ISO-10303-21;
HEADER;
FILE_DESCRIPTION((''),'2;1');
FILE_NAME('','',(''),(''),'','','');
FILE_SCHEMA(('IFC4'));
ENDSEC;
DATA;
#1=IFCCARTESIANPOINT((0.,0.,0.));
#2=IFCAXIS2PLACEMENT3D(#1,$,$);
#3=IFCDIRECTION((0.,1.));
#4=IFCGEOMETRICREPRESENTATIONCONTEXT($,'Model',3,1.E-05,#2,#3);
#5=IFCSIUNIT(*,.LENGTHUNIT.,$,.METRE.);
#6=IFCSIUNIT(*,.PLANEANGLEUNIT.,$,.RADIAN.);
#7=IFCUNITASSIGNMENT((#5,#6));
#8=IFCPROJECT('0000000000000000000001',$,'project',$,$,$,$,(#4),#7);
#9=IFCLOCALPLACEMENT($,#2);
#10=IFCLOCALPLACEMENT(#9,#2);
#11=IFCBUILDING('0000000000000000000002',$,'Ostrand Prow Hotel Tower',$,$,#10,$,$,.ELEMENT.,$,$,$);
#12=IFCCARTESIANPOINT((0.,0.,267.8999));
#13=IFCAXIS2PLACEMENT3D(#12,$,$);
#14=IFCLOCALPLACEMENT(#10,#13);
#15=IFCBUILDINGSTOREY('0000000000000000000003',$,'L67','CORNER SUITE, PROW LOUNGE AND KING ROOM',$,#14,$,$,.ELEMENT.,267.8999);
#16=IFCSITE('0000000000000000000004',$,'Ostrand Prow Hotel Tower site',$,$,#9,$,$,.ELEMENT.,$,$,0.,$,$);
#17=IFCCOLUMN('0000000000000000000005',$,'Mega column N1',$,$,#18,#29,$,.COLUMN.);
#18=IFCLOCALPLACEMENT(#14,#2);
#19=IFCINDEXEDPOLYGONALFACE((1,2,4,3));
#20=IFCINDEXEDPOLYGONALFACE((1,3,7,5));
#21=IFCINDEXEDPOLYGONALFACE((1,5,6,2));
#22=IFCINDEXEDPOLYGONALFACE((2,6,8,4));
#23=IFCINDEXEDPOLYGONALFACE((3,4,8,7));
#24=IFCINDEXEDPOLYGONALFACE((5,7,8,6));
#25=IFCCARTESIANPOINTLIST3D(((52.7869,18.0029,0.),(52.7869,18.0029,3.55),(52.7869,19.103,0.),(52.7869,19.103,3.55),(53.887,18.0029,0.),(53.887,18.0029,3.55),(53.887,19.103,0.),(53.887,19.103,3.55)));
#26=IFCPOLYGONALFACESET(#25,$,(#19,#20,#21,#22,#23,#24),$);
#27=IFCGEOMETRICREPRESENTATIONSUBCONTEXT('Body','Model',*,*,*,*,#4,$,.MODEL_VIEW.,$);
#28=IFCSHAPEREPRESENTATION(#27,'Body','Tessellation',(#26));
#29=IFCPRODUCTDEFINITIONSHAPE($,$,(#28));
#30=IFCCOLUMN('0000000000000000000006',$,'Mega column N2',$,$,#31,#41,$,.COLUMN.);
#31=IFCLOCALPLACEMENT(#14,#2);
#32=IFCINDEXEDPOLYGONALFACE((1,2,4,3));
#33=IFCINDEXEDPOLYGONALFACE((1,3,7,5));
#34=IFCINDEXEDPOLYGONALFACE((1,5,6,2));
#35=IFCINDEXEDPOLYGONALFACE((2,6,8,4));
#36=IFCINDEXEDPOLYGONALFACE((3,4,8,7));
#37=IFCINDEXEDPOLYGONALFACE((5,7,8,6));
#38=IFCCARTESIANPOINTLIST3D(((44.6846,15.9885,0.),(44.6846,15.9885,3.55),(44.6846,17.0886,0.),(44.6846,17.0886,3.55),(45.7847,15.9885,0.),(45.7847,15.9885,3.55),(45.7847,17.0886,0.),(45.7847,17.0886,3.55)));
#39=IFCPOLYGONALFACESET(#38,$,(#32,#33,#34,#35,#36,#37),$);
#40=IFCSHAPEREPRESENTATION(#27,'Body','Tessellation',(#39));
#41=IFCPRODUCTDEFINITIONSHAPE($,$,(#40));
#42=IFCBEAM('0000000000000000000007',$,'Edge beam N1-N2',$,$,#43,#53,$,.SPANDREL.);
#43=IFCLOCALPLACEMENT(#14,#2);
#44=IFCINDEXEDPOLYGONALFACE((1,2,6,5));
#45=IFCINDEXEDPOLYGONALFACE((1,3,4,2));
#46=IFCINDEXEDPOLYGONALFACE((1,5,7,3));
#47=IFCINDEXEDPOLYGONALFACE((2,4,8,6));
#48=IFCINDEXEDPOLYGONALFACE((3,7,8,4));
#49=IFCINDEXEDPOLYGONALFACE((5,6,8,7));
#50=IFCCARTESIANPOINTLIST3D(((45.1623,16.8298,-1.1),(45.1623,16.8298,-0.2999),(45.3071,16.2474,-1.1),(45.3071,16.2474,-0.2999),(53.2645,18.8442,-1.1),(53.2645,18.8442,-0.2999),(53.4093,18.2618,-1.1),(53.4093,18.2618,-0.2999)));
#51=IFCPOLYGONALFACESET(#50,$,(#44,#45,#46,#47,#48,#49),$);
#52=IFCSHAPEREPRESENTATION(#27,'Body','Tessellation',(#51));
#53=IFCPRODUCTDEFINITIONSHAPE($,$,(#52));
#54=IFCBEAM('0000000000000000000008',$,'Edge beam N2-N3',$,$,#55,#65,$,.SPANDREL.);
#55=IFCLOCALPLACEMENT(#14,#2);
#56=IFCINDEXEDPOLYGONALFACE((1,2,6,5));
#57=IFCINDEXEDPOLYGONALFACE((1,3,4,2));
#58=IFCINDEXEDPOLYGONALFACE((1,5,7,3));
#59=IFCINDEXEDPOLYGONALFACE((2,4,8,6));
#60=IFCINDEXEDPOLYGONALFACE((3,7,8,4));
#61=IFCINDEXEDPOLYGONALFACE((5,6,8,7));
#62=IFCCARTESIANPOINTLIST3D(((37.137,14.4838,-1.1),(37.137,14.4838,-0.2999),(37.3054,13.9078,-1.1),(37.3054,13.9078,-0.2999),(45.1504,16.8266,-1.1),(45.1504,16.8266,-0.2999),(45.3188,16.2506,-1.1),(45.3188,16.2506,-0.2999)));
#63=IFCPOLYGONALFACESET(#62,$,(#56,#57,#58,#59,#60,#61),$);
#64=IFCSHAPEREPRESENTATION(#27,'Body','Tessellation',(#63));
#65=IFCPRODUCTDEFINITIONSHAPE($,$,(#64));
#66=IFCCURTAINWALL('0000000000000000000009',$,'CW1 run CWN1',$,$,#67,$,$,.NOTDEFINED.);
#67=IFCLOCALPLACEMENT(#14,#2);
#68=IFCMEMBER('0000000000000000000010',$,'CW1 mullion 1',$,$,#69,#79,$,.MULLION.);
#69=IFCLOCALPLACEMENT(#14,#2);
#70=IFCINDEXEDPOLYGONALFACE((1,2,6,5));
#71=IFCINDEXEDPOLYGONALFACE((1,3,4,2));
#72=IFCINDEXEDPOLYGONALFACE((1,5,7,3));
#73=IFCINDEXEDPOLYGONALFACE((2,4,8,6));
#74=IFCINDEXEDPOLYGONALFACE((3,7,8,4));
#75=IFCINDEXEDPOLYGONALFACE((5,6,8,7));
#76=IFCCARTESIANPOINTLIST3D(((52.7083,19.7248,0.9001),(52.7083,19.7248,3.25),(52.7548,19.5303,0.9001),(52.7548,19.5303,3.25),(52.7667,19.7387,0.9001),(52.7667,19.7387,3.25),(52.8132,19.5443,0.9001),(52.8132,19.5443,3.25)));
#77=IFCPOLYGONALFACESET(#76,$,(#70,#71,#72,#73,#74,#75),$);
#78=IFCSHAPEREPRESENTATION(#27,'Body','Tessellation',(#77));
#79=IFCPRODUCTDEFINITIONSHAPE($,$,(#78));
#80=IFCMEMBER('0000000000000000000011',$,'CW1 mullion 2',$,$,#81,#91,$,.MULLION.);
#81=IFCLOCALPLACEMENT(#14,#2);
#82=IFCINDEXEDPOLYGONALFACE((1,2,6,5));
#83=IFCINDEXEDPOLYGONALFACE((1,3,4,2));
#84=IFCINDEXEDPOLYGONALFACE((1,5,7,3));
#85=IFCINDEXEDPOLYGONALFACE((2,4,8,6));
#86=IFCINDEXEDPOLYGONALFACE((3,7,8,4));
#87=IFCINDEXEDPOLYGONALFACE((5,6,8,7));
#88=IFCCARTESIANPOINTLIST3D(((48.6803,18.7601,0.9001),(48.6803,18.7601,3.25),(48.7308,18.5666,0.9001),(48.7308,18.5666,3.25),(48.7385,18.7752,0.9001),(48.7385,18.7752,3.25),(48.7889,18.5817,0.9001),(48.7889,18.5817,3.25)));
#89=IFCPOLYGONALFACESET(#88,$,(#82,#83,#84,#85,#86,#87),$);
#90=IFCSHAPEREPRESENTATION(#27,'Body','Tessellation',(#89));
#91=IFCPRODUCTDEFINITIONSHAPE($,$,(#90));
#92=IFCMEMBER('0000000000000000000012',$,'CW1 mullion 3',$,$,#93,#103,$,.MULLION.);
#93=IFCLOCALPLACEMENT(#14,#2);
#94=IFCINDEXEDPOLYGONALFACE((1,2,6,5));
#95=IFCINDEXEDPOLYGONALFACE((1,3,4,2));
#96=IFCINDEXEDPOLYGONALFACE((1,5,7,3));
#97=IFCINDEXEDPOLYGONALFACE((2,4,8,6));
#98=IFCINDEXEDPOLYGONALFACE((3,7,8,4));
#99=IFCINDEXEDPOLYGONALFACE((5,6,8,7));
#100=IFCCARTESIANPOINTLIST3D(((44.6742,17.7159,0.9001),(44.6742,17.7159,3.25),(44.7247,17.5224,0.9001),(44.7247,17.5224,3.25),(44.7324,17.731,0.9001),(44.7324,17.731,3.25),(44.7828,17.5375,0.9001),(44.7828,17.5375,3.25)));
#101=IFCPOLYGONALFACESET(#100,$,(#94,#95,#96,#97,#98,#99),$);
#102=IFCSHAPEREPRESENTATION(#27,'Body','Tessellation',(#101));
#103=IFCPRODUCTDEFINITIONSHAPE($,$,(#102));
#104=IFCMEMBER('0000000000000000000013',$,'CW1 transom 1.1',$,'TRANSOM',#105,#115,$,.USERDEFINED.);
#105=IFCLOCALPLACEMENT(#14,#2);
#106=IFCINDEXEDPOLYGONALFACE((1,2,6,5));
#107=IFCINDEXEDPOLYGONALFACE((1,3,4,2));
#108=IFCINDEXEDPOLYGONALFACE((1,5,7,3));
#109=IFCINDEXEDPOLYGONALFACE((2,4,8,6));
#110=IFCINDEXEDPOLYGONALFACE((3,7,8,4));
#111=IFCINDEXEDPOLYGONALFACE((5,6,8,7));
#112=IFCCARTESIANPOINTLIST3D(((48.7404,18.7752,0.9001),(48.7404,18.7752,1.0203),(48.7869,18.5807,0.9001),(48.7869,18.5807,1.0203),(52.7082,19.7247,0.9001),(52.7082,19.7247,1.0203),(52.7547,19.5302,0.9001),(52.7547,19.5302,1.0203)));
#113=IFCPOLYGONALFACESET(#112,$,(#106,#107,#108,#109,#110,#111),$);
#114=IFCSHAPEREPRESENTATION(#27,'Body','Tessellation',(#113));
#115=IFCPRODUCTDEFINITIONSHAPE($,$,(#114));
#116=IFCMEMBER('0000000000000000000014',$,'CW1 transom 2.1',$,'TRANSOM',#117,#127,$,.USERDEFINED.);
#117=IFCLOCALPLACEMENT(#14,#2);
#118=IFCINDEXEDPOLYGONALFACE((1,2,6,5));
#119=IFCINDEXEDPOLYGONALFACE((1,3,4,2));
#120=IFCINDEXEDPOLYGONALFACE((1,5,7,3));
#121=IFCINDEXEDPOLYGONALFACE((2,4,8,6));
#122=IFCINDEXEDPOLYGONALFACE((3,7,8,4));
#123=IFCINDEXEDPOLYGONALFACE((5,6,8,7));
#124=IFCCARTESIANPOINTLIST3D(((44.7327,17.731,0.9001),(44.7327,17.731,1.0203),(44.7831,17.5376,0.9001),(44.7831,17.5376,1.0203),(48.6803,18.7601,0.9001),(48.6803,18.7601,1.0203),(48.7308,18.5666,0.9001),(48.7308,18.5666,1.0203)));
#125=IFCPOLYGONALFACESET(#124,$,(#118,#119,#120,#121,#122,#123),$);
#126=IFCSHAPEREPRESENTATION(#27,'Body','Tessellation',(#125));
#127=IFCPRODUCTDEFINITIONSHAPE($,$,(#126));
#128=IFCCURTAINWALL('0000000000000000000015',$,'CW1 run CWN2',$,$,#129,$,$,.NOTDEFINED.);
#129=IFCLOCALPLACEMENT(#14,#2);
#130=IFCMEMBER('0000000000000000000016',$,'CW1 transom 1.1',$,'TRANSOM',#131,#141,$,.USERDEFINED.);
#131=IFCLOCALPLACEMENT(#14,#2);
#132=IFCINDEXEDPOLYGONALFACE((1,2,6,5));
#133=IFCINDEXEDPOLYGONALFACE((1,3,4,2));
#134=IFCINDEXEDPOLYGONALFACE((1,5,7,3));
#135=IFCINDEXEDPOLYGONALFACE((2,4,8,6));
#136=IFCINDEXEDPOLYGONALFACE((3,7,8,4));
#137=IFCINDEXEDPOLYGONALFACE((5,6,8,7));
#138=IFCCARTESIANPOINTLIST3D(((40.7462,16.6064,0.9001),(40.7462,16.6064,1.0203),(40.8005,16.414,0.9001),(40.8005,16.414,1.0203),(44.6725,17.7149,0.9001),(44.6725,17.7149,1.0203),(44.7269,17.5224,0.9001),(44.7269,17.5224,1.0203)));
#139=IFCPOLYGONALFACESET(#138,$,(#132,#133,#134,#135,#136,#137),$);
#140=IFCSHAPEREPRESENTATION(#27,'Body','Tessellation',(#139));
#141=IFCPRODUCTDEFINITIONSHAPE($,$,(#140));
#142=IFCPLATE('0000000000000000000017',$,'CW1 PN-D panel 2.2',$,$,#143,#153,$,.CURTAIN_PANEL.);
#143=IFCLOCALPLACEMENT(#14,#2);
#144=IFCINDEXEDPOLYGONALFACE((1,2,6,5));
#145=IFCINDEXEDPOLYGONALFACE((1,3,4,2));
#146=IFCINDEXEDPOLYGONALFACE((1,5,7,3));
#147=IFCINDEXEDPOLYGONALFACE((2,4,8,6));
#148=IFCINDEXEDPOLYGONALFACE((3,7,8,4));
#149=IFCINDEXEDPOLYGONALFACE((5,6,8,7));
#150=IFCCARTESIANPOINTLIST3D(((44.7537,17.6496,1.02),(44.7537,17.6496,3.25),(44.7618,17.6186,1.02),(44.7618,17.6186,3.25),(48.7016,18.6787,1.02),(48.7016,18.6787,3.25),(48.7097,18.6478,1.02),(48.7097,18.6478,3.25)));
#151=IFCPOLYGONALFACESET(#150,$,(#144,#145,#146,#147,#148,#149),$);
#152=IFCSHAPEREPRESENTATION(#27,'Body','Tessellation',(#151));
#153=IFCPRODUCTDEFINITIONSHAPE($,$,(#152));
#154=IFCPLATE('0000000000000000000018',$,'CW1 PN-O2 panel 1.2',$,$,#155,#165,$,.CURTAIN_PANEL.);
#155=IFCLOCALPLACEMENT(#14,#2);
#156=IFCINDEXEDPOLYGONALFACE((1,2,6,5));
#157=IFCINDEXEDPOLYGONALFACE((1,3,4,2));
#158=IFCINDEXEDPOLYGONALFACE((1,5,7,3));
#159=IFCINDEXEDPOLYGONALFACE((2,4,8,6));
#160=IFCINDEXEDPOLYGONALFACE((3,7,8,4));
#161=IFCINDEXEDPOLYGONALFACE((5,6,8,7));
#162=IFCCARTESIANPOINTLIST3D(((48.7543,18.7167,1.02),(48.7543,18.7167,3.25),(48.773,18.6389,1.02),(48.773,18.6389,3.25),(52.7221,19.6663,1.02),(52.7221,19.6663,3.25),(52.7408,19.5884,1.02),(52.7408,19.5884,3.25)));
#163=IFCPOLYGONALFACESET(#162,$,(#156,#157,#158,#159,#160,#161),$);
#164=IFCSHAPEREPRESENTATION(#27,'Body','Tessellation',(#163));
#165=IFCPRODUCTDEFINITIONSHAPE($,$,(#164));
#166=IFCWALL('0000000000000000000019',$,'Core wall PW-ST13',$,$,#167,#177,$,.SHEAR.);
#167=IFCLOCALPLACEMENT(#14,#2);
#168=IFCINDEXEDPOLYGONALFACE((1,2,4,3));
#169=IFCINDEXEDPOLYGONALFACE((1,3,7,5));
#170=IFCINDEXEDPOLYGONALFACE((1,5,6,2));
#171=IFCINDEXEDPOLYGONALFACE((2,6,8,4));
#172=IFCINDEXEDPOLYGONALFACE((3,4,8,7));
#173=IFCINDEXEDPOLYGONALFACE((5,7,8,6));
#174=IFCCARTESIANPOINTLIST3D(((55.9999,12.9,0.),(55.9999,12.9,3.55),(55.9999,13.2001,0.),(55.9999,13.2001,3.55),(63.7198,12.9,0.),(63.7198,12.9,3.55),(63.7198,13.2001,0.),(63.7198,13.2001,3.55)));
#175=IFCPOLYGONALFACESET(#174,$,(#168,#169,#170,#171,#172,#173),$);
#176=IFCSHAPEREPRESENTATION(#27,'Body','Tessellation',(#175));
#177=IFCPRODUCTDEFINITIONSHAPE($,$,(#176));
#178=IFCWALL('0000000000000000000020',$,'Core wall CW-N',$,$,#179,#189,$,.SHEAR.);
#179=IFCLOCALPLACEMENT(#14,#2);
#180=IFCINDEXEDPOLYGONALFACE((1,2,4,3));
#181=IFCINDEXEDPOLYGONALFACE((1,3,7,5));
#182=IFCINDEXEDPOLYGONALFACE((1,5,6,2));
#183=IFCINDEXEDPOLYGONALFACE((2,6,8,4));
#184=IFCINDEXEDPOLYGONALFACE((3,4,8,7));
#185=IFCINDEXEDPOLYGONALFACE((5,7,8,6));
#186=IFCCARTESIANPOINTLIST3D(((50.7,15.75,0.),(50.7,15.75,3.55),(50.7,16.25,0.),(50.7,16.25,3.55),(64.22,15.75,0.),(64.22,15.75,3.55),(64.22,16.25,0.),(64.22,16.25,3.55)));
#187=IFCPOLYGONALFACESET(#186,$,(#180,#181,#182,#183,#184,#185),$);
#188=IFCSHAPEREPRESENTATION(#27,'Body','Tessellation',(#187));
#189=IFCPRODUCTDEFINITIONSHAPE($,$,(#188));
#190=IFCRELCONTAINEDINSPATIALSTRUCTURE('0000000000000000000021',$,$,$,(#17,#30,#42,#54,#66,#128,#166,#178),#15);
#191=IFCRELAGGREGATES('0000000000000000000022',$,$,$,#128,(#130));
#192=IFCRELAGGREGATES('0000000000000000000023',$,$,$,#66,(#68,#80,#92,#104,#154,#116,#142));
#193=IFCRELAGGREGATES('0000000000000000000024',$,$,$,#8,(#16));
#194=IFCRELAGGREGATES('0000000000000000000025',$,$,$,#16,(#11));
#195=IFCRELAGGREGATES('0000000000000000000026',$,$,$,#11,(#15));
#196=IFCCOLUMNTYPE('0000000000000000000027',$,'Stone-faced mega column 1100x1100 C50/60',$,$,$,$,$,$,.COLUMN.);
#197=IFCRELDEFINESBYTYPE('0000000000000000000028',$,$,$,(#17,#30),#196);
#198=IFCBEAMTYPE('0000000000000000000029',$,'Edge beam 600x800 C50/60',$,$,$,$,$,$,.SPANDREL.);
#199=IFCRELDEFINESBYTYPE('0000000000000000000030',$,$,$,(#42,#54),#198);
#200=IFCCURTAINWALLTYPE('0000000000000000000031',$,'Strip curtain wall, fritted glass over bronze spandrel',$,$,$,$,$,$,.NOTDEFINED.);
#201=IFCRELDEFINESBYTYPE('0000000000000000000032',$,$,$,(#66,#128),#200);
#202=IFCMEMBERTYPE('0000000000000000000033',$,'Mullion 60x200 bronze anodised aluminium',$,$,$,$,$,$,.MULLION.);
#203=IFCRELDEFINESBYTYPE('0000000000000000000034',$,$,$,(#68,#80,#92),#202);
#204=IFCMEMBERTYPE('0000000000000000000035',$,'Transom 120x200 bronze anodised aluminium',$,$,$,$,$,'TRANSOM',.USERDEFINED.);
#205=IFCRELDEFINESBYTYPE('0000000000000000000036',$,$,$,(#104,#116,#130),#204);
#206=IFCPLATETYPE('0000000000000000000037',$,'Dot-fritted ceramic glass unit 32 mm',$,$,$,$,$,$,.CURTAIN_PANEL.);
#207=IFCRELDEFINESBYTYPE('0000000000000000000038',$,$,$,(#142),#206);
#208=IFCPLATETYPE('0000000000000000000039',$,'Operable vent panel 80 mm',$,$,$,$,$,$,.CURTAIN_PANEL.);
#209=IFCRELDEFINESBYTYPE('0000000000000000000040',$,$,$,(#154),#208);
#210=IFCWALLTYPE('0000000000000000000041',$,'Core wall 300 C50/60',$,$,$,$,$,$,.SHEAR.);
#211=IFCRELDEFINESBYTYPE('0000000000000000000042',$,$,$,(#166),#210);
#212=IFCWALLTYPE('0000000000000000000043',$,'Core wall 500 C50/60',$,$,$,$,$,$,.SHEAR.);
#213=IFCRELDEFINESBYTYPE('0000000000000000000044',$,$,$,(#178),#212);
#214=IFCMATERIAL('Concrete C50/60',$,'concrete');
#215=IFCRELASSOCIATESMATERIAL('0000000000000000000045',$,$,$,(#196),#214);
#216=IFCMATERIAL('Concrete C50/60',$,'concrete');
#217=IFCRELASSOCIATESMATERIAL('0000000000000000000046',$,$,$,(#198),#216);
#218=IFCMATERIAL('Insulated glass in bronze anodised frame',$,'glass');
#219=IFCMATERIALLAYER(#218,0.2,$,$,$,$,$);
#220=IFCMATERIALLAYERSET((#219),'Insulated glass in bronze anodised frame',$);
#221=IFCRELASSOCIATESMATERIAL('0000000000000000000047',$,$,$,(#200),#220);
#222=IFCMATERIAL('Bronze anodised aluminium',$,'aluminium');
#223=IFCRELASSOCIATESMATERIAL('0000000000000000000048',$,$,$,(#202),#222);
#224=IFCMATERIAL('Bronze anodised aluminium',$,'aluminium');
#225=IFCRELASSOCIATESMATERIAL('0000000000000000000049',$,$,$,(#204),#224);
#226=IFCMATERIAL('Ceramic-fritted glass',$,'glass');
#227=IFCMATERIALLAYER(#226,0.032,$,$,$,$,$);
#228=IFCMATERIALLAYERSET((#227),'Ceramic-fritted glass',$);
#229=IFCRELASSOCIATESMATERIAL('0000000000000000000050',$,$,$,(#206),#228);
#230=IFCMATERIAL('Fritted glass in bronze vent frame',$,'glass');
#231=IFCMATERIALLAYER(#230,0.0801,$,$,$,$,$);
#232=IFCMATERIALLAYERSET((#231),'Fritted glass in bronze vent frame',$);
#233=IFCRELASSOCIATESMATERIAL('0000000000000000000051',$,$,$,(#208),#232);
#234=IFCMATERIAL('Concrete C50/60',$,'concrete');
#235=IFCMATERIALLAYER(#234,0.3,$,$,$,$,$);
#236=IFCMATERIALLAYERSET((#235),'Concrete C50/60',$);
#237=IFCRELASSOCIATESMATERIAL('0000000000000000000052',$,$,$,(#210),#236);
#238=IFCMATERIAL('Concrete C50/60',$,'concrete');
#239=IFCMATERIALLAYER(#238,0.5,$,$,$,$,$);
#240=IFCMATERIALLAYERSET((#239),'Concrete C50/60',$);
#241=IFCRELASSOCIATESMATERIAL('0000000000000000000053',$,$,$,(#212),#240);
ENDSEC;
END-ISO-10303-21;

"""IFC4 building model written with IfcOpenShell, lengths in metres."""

from ifc_helpers import new_model, si_unit, direction, frame, frame_2d, origin, origin_2d, place, context, subcontext, project, spatial, rectangle, extrude, material, layer, layer_set, material_profile, profile_set, type_object, element, aggregate, save


model = new_model("IFC4")

# Units and contexts
model_context = context("Model", 3, precision=1e-05, world=origin(), true_north=direction((0.0, 1.0)))
body_context = subcontext(model_context, "Body", "Model", "MODEL_VIEW")
ifc_project = project(units=[si_unit("LENGTHUNIT", "METRE"), si_unit("PLANEANGLEUNIT", "RADIAN")], contexts=[model_context])

# Site, building, storey
site_placement = place(None, origin())
site = spatial("IfcSite", under=ifc_project, at=site_placement, Name="Ostrand Prow Hotel Tower site", CompositionType="ELEMENT", RefElevation=0.0)
building_placement = place(site_placement, origin())
building = spatial("IfcBuilding", under=site, at=building_placement, Name="Ostrand Prow Hotel Tower", CompositionType="ELEMENT")
storey_placement = place(building_placement, frame((0.0, 0.0, 267.8999)))
storey = spatial("IfcBuildingStorey", under=building, at=storey_placement, Name="L67", Description="CORNER SUITE, PROW LOUNGE AND KING ROOM", CompositionType="ELEMENT", Elevation=267.8999)

# Columns
ifc_material_1 = material(Name="Concrete C50/60", Category="concrete")
ifc_material_profile_1 = material_profile(ifc_material_1, rectangle(XDim=1.1001, YDim=1.1001, at=origin_2d()), Name="RC 1100x1100")
ifc_profile_set_1 = profile_set([ifc_material_profile_1], Name="Concrete C50/60")
column_type = type_object("IfcColumnType", Name="Stone-faced mega column 1100x1100 C50/60", PredefinedType="COLUMN", material=ifc_profile_set_1)
for number, where, z_axis, x_axis, name in (
    (1, (53.3369, 18.553, 0.0), (0.0, 0.0, 1.0), (1.0, 0.0, 0.0), "Mega column N1"),
    (2, (45.2346, 16.5386, 0.0), (0.0, 0.0, 1.0), (1.0, 0.0, 0.0), "Mega column N2"),
):
    element("IfcColumn", number, at=place(storey_placement, frame(where, z_axis=z_axis, x_axis=x_axis)), inside=storey, type_object=column_type, Name=name, PredefinedType="COLUMN", context=body_context, shape_type="SweptSolid", body=[
        extrude(rectangle(XDim=1.1001, YDim=1.1001, at=origin_2d()), origin(), (0.0, 0.0, 1.0), 3.55),
    ])

# Beams
ifc_material_2 = material(Name="Concrete C50/60", Category="concrete")
ifc_material_profile_2 = material_profile(ifc_material_2, rectangle(XDim=0.6001, YDim=0.8, at=origin_2d()), Name="RC 600x800")
ifc_profile_set_2 = profile_set([ifc_material_profile_2], Name="Concrete C50/60")
beam_type = type_object("IfcBeamType", Name="Edge beam 600x800 C50/60", PredefinedType="SPANDREL", material=ifc_profile_set_2)
for number, where, z_axis, x_axis, name in (
    (3, (53.3369, 18.553, -0.7), (-0.970456, -0.241276, 0.0), (0.241276, -0.970456, 0.0), "Edge beam N1-N2"),
    (4, (45.2346, 16.5386, -0.7), (-0.959822, -0.28061, 0.0), (0.28061, -0.959822, 0.0), "Edge beam N2-N3"),
):
    element("IfcBeam", number, at=place(storey_placement, frame(where, z_axis=z_axis, x_axis=x_axis)), inside=storey, type_object=beam_type, Name=name, PredefinedType="SPANDREL", context=body_context, shape_type="SweptSolid", body=[
        extrude(rectangle(XDim=0.6001, YDim=0.8, at=origin_2d()), origin(), (0.0, 0.0, 1.0), 8.3489),
    ])

# Curtain wall, members
ifc_material_3 = material(Name="Insulated glass in bronze anodised frame", Category="glass")
ifc_layer_1 = layer(ifc_material_3, 0.2)
ifc_layer_set_1 = layer_set([ifc_layer_1], Name="Insulated glass in bronze anodised frame")
curtain_wall_type = type_object("IfcCurtainWallType", Name="Strip curtain wall, fritted glass over bronze spandrel", PredefinedType="NOTDEFINED", material=ifc_layer_set_1)
curtain_wall_1_placement = place(storey_placement, origin())
curtain_wall_1 = element("IfcCurtainWall", 5, at=curtain_wall_1_placement, inside=storey, type_object=curtain_wall_type, Name="CW1 run CWN1", PredefinedType="NOTDEFINED")
ifc_material_4 = material(Name="Bronze anodised aluminium", Category="aluminium")
ifc_material_profile_3 = material_profile(ifc_material_4, rectangle(XDim=0.2, YDim=0.0601, at=origin_2d()), Name="Mullion 60x200 bronze anodised aluminium")
ifc_profile_set_3 = profile_set([ifc_material_profile_3], Name="Bronze anodised aluminium")
member_type_1 = type_object("IfcMemberType", Name="Mullion 60x200 bronze anodised aluminium", PredefinedType="MULLION", material=ifc_profile_set_3)
member_1_placement = place(storey_placement, frame((52.7607, 19.6345, 0.9001), z_axis=(0.0, 0.0, 1.0), x_axis=(0.232746, -0.972538, 0.0)))
member_1 = element("IfcMember", 6, at=member_1_placement, type_object=member_type_1, Name="CW1 mullion 1", PredefinedType="MULLION", context=body_context, shape_type="SweptSolid", body=[
    extrude(rectangle(XDim=0.2, YDim=0.0601, at=origin_2d()), origin(), (0.0, 0.0, 1.0), 2.3499),
])
member_2_placement = place(storey_placement, frame((48.7346, 18.6709, 0.9001), z_axis=(0.0, 0.0, 1.0), x_axis=(0.252248, -0.967663, 0.0)))
member_2 = element("IfcMember", 7, at=member_2_placement, type_object=member_type_1, Name="CW1 mullion 2", PredefinedType="MULLION", context=body_context, shape_type="SweptSolid", body=[
    extrude(rectangle(XDim=0.2, YDim=0.0601, at=origin_2d()), origin(), (0.0, 0.0, 1.0), 2.3499),
])
member_3_placement = place(storey_placement, frame((44.7285, 17.6267, 0.9001), z_axis=(0.0, 0.0, 1.0), x_axis=(0.252248, -0.967663, 0.0)))
member_3 = element("IfcMember", 8, at=member_3_placement, type_object=member_type_1, Name="CW1 mullion 3", PredefinedType="MULLION", context=body_context, shape_type="SweptSolid", body=[
    extrude(rectangle(XDim=0.2, YDim=0.0601, at=origin_2d()), origin(), (0.0, 0.0, 1.0), 2.3499),
])
ifc_material_5 = material(Name="Bronze anodised aluminium", Category="aluminium")
ifc_material_profile_4 = material_profile(ifc_material_5, rectangle(XDim=0.2, YDim=0.1201, at=origin_2d()), Name="Transom 120x200 bronze anodised aluminium")
ifc_profile_set_4 = profile_set([ifc_material_profile_4], Name="Bronze anodised aluminium")
member_type_2 = type_object("IfcMemberType", Name="Transom 120x200 bronze anodised aluminium", ElementType="TRANSOM", PredefinedType="USERDEFINED", material=ifc_profile_set_4)
member_4_placement = place(storey_placement, frame((52.7314, 19.6274, 0.9602), z_axis=(-0.972543, -0.232723, 0.0), x_axis=(0.232723, -0.972543, 0.0)))
member_4 = element("IfcMember", 9, at=member_4_placement, type_object=member_type_2, Name="CW1 transom 1.1", ObjectType="TRANSOM", PredefinedType="USERDEFINED", context=body_context, shape_type="SweptSolid", body=[
    extrude(rectangle(XDim=0.2, YDim=0.1201, at=origin_2d()), origin(), (0.0, 0.0, 1.0), 4.0798),
])
member_5_placement = place(storey_placement, frame((48.7056, 18.6633, 0.9602), z_axis=(-0.967665, -0.252239, 0.0), x_axis=(0.252239, -0.967665, 0.0)))
member_5 = element("IfcMember", 10, at=member_5_placement, type_object=member_type_2, Name="CW1 transom 2.1", ObjectType="TRANSOM", PredefinedType="USERDEFINED", context=body_context, shape_type="SweptSolid", body=[
    extrude(rectangle(XDim=0.2, YDim=0.1201, at=origin_2d()), origin(), (0.0, 0.0, 1.0), 4.0796),
])

# Curtain wall, member
curtain_wall_2_placement = place(storey_placement, origin())
curtain_wall_2 = element("IfcCurtainWall", 11, at=curtain_wall_2_placement, inside=storey, type_object=curtain_wall_type, Name="CW1 run CWN2", PredefinedType="NOTDEFINED")
member_6_placement = place(storey_placement, frame((44.6997, 17.6187, 0.9602), z_axis=(-0.962386, -0.271685, 0.0), x_axis=(0.271685, -0.962386, 0.0)))
member_6 = element("IfcMember", 12, at=member_6_placement, type_object=member_type_2, Name="CW1 transom 1.1", ObjectType="TRANSOM", PredefinedType="USERDEFINED", context=body_context, shape_type="SweptSolid", body=[
    extrude(rectangle(XDim=0.2, YDim=0.1201, at=origin_2d()), origin(), (0.0, 0.0, 1.0), 4.0798),
])
aggregate(curtain_wall_2, [member_6])

# Plates
ifc_material_6 = material(Name="Ceramic-fritted glass", Category="glass")
ifc_layer_2 = layer(ifc_material_6, 0.032)
ifc_layer_set_2 = layer_set([ifc_layer_2], Name="Ceramic-fritted glass")
plate_type_1 = type_object("IfcPlateType", Name="Dot-fritted ceramic glass unit 32 mm", PredefinedType="CURTAIN_PANEL", material=ifc_layer_set_2)
plate_1_placement = place(storey_placement, frame((46.7317, 18.1487, 1.02), z_axis=(0.0, 0.0, 1.0), x_axis=(-0.967663, -0.252248, 0.0)))
plate_1 = element("IfcPlate", 13, at=plate_1_placement, type_object=plate_type_1, Name="CW1 PN-D panel 2.2", PredefinedType="CURTAIN_PANEL", context=body_context, shape_type="SweptSolid", body=[
    extrude(rectangle(XDim=4.0798, YDim=0.032, at=origin_2d()), origin(), (0.0, 0.0, 1.0), 2.23),
])
ifc_material_7 = material(Name="Fritted glass in bronze vent frame", Category="glass")
ifc_layer_3 = layer(ifc_material_7, 0.0801)
ifc_layer_set_3 = layer_set([ifc_layer_3], Name="Fritted glass in bronze vent frame")
plate_type_2 = type_object("IfcPlateType", Name="Operable vent panel 80 mm", PredefinedType="CURTAIN_PANEL", material=ifc_layer_set_3)
plate_2_placement = place(storey_placement, frame((50.7476, 19.1526, 1.02), z_axis=(0.0, 0.0, 1.0), x_axis=(-0.972538, -0.232746, 0.0)))
plate_2 = element("IfcPlate", 14, at=plate_2_placement, type_object=plate_type_2, Name="CW1 PN-O2 panel 1.2", PredefinedType="CURTAIN_PANEL", context=body_context, shape_type="SweptSolid", body=[
    extrude(rectangle(XDim=4.0798, YDim=0.0801, at=origin_2d()), origin(), (0.0, 0.0, 1.0), 2.23),
])
aggregate(curtain_wall_1, [member_1, member_2, member_3, member_4, plate_2, member_5, plate_1])

# Walls
ifc_material_8 = material(Name="Concrete C50/60", Category="concrete")
ifc_layer_4 = layer(ifc_material_8, 0.3)
ifc_layer_set_4 = layer_set([ifc_layer_4], Name="Concrete C50/60")
wall_type_1 = type_object("IfcWallType", Name="Core wall 300 C50/60", PredefinedType="SHEAR", material=ifc_layer_set_4)
wall_1_placement = place(storey_placement, frame((56.0, 13.05, 0.0), z_axis=(0.0, 0.0, 1.0), x_axis=(1.0, 0.0, 0.0)))
element("IfcWall", 15, at=wall_1_placement, inside=storey, type_object=wall_type_1, Name="Core wall PW-ST13", PredefinedType="SHEAR", context=body_context, shape_type="SweptSolid", body=[
    extrude(rectangle(XDim=7.72, YDim=0.3, at=frame_2d((3.8599, 0.0))), origin(), (0.0, 0.0, 1.0), 3.55),
])
ifc_material_9 = material(Name="Concrete C50/60", Category="concrete")
ifc_layer_5 = layer(ifc_material_9, 0.5)
ifc_layer_set_5 = layer_set([ifc_layer_5], Name="Concrete C50/60")
wall_type_2 = type_object("IfcWallType", Name="Core wall 500 C50/60", PredefinedType="SHEAR", material=ifc_layer_set_5)
wall_2_placement = place(storey_placement, frame((50.7, 16.0, 0.0), z_axis=(0.0, 0.0, 1.0), x_axis=(1.0, 0.0, 0.0)))
element("IfcWall", 16, at=wall_2_placement, inside=storey, type_object=wall_type_2, Name="Core wall CW-N", PredefinedType="SHEAR", context=body_context, shape_type="SweptSolid", body=[
    extrude(rectangle(XDim=13.52, YDim=0.5, at=frame_2d((6.76, 0.0))), origin(), (0.0, 0.0, 1.0), 3.55),
])

save(model, "model.ifc")
